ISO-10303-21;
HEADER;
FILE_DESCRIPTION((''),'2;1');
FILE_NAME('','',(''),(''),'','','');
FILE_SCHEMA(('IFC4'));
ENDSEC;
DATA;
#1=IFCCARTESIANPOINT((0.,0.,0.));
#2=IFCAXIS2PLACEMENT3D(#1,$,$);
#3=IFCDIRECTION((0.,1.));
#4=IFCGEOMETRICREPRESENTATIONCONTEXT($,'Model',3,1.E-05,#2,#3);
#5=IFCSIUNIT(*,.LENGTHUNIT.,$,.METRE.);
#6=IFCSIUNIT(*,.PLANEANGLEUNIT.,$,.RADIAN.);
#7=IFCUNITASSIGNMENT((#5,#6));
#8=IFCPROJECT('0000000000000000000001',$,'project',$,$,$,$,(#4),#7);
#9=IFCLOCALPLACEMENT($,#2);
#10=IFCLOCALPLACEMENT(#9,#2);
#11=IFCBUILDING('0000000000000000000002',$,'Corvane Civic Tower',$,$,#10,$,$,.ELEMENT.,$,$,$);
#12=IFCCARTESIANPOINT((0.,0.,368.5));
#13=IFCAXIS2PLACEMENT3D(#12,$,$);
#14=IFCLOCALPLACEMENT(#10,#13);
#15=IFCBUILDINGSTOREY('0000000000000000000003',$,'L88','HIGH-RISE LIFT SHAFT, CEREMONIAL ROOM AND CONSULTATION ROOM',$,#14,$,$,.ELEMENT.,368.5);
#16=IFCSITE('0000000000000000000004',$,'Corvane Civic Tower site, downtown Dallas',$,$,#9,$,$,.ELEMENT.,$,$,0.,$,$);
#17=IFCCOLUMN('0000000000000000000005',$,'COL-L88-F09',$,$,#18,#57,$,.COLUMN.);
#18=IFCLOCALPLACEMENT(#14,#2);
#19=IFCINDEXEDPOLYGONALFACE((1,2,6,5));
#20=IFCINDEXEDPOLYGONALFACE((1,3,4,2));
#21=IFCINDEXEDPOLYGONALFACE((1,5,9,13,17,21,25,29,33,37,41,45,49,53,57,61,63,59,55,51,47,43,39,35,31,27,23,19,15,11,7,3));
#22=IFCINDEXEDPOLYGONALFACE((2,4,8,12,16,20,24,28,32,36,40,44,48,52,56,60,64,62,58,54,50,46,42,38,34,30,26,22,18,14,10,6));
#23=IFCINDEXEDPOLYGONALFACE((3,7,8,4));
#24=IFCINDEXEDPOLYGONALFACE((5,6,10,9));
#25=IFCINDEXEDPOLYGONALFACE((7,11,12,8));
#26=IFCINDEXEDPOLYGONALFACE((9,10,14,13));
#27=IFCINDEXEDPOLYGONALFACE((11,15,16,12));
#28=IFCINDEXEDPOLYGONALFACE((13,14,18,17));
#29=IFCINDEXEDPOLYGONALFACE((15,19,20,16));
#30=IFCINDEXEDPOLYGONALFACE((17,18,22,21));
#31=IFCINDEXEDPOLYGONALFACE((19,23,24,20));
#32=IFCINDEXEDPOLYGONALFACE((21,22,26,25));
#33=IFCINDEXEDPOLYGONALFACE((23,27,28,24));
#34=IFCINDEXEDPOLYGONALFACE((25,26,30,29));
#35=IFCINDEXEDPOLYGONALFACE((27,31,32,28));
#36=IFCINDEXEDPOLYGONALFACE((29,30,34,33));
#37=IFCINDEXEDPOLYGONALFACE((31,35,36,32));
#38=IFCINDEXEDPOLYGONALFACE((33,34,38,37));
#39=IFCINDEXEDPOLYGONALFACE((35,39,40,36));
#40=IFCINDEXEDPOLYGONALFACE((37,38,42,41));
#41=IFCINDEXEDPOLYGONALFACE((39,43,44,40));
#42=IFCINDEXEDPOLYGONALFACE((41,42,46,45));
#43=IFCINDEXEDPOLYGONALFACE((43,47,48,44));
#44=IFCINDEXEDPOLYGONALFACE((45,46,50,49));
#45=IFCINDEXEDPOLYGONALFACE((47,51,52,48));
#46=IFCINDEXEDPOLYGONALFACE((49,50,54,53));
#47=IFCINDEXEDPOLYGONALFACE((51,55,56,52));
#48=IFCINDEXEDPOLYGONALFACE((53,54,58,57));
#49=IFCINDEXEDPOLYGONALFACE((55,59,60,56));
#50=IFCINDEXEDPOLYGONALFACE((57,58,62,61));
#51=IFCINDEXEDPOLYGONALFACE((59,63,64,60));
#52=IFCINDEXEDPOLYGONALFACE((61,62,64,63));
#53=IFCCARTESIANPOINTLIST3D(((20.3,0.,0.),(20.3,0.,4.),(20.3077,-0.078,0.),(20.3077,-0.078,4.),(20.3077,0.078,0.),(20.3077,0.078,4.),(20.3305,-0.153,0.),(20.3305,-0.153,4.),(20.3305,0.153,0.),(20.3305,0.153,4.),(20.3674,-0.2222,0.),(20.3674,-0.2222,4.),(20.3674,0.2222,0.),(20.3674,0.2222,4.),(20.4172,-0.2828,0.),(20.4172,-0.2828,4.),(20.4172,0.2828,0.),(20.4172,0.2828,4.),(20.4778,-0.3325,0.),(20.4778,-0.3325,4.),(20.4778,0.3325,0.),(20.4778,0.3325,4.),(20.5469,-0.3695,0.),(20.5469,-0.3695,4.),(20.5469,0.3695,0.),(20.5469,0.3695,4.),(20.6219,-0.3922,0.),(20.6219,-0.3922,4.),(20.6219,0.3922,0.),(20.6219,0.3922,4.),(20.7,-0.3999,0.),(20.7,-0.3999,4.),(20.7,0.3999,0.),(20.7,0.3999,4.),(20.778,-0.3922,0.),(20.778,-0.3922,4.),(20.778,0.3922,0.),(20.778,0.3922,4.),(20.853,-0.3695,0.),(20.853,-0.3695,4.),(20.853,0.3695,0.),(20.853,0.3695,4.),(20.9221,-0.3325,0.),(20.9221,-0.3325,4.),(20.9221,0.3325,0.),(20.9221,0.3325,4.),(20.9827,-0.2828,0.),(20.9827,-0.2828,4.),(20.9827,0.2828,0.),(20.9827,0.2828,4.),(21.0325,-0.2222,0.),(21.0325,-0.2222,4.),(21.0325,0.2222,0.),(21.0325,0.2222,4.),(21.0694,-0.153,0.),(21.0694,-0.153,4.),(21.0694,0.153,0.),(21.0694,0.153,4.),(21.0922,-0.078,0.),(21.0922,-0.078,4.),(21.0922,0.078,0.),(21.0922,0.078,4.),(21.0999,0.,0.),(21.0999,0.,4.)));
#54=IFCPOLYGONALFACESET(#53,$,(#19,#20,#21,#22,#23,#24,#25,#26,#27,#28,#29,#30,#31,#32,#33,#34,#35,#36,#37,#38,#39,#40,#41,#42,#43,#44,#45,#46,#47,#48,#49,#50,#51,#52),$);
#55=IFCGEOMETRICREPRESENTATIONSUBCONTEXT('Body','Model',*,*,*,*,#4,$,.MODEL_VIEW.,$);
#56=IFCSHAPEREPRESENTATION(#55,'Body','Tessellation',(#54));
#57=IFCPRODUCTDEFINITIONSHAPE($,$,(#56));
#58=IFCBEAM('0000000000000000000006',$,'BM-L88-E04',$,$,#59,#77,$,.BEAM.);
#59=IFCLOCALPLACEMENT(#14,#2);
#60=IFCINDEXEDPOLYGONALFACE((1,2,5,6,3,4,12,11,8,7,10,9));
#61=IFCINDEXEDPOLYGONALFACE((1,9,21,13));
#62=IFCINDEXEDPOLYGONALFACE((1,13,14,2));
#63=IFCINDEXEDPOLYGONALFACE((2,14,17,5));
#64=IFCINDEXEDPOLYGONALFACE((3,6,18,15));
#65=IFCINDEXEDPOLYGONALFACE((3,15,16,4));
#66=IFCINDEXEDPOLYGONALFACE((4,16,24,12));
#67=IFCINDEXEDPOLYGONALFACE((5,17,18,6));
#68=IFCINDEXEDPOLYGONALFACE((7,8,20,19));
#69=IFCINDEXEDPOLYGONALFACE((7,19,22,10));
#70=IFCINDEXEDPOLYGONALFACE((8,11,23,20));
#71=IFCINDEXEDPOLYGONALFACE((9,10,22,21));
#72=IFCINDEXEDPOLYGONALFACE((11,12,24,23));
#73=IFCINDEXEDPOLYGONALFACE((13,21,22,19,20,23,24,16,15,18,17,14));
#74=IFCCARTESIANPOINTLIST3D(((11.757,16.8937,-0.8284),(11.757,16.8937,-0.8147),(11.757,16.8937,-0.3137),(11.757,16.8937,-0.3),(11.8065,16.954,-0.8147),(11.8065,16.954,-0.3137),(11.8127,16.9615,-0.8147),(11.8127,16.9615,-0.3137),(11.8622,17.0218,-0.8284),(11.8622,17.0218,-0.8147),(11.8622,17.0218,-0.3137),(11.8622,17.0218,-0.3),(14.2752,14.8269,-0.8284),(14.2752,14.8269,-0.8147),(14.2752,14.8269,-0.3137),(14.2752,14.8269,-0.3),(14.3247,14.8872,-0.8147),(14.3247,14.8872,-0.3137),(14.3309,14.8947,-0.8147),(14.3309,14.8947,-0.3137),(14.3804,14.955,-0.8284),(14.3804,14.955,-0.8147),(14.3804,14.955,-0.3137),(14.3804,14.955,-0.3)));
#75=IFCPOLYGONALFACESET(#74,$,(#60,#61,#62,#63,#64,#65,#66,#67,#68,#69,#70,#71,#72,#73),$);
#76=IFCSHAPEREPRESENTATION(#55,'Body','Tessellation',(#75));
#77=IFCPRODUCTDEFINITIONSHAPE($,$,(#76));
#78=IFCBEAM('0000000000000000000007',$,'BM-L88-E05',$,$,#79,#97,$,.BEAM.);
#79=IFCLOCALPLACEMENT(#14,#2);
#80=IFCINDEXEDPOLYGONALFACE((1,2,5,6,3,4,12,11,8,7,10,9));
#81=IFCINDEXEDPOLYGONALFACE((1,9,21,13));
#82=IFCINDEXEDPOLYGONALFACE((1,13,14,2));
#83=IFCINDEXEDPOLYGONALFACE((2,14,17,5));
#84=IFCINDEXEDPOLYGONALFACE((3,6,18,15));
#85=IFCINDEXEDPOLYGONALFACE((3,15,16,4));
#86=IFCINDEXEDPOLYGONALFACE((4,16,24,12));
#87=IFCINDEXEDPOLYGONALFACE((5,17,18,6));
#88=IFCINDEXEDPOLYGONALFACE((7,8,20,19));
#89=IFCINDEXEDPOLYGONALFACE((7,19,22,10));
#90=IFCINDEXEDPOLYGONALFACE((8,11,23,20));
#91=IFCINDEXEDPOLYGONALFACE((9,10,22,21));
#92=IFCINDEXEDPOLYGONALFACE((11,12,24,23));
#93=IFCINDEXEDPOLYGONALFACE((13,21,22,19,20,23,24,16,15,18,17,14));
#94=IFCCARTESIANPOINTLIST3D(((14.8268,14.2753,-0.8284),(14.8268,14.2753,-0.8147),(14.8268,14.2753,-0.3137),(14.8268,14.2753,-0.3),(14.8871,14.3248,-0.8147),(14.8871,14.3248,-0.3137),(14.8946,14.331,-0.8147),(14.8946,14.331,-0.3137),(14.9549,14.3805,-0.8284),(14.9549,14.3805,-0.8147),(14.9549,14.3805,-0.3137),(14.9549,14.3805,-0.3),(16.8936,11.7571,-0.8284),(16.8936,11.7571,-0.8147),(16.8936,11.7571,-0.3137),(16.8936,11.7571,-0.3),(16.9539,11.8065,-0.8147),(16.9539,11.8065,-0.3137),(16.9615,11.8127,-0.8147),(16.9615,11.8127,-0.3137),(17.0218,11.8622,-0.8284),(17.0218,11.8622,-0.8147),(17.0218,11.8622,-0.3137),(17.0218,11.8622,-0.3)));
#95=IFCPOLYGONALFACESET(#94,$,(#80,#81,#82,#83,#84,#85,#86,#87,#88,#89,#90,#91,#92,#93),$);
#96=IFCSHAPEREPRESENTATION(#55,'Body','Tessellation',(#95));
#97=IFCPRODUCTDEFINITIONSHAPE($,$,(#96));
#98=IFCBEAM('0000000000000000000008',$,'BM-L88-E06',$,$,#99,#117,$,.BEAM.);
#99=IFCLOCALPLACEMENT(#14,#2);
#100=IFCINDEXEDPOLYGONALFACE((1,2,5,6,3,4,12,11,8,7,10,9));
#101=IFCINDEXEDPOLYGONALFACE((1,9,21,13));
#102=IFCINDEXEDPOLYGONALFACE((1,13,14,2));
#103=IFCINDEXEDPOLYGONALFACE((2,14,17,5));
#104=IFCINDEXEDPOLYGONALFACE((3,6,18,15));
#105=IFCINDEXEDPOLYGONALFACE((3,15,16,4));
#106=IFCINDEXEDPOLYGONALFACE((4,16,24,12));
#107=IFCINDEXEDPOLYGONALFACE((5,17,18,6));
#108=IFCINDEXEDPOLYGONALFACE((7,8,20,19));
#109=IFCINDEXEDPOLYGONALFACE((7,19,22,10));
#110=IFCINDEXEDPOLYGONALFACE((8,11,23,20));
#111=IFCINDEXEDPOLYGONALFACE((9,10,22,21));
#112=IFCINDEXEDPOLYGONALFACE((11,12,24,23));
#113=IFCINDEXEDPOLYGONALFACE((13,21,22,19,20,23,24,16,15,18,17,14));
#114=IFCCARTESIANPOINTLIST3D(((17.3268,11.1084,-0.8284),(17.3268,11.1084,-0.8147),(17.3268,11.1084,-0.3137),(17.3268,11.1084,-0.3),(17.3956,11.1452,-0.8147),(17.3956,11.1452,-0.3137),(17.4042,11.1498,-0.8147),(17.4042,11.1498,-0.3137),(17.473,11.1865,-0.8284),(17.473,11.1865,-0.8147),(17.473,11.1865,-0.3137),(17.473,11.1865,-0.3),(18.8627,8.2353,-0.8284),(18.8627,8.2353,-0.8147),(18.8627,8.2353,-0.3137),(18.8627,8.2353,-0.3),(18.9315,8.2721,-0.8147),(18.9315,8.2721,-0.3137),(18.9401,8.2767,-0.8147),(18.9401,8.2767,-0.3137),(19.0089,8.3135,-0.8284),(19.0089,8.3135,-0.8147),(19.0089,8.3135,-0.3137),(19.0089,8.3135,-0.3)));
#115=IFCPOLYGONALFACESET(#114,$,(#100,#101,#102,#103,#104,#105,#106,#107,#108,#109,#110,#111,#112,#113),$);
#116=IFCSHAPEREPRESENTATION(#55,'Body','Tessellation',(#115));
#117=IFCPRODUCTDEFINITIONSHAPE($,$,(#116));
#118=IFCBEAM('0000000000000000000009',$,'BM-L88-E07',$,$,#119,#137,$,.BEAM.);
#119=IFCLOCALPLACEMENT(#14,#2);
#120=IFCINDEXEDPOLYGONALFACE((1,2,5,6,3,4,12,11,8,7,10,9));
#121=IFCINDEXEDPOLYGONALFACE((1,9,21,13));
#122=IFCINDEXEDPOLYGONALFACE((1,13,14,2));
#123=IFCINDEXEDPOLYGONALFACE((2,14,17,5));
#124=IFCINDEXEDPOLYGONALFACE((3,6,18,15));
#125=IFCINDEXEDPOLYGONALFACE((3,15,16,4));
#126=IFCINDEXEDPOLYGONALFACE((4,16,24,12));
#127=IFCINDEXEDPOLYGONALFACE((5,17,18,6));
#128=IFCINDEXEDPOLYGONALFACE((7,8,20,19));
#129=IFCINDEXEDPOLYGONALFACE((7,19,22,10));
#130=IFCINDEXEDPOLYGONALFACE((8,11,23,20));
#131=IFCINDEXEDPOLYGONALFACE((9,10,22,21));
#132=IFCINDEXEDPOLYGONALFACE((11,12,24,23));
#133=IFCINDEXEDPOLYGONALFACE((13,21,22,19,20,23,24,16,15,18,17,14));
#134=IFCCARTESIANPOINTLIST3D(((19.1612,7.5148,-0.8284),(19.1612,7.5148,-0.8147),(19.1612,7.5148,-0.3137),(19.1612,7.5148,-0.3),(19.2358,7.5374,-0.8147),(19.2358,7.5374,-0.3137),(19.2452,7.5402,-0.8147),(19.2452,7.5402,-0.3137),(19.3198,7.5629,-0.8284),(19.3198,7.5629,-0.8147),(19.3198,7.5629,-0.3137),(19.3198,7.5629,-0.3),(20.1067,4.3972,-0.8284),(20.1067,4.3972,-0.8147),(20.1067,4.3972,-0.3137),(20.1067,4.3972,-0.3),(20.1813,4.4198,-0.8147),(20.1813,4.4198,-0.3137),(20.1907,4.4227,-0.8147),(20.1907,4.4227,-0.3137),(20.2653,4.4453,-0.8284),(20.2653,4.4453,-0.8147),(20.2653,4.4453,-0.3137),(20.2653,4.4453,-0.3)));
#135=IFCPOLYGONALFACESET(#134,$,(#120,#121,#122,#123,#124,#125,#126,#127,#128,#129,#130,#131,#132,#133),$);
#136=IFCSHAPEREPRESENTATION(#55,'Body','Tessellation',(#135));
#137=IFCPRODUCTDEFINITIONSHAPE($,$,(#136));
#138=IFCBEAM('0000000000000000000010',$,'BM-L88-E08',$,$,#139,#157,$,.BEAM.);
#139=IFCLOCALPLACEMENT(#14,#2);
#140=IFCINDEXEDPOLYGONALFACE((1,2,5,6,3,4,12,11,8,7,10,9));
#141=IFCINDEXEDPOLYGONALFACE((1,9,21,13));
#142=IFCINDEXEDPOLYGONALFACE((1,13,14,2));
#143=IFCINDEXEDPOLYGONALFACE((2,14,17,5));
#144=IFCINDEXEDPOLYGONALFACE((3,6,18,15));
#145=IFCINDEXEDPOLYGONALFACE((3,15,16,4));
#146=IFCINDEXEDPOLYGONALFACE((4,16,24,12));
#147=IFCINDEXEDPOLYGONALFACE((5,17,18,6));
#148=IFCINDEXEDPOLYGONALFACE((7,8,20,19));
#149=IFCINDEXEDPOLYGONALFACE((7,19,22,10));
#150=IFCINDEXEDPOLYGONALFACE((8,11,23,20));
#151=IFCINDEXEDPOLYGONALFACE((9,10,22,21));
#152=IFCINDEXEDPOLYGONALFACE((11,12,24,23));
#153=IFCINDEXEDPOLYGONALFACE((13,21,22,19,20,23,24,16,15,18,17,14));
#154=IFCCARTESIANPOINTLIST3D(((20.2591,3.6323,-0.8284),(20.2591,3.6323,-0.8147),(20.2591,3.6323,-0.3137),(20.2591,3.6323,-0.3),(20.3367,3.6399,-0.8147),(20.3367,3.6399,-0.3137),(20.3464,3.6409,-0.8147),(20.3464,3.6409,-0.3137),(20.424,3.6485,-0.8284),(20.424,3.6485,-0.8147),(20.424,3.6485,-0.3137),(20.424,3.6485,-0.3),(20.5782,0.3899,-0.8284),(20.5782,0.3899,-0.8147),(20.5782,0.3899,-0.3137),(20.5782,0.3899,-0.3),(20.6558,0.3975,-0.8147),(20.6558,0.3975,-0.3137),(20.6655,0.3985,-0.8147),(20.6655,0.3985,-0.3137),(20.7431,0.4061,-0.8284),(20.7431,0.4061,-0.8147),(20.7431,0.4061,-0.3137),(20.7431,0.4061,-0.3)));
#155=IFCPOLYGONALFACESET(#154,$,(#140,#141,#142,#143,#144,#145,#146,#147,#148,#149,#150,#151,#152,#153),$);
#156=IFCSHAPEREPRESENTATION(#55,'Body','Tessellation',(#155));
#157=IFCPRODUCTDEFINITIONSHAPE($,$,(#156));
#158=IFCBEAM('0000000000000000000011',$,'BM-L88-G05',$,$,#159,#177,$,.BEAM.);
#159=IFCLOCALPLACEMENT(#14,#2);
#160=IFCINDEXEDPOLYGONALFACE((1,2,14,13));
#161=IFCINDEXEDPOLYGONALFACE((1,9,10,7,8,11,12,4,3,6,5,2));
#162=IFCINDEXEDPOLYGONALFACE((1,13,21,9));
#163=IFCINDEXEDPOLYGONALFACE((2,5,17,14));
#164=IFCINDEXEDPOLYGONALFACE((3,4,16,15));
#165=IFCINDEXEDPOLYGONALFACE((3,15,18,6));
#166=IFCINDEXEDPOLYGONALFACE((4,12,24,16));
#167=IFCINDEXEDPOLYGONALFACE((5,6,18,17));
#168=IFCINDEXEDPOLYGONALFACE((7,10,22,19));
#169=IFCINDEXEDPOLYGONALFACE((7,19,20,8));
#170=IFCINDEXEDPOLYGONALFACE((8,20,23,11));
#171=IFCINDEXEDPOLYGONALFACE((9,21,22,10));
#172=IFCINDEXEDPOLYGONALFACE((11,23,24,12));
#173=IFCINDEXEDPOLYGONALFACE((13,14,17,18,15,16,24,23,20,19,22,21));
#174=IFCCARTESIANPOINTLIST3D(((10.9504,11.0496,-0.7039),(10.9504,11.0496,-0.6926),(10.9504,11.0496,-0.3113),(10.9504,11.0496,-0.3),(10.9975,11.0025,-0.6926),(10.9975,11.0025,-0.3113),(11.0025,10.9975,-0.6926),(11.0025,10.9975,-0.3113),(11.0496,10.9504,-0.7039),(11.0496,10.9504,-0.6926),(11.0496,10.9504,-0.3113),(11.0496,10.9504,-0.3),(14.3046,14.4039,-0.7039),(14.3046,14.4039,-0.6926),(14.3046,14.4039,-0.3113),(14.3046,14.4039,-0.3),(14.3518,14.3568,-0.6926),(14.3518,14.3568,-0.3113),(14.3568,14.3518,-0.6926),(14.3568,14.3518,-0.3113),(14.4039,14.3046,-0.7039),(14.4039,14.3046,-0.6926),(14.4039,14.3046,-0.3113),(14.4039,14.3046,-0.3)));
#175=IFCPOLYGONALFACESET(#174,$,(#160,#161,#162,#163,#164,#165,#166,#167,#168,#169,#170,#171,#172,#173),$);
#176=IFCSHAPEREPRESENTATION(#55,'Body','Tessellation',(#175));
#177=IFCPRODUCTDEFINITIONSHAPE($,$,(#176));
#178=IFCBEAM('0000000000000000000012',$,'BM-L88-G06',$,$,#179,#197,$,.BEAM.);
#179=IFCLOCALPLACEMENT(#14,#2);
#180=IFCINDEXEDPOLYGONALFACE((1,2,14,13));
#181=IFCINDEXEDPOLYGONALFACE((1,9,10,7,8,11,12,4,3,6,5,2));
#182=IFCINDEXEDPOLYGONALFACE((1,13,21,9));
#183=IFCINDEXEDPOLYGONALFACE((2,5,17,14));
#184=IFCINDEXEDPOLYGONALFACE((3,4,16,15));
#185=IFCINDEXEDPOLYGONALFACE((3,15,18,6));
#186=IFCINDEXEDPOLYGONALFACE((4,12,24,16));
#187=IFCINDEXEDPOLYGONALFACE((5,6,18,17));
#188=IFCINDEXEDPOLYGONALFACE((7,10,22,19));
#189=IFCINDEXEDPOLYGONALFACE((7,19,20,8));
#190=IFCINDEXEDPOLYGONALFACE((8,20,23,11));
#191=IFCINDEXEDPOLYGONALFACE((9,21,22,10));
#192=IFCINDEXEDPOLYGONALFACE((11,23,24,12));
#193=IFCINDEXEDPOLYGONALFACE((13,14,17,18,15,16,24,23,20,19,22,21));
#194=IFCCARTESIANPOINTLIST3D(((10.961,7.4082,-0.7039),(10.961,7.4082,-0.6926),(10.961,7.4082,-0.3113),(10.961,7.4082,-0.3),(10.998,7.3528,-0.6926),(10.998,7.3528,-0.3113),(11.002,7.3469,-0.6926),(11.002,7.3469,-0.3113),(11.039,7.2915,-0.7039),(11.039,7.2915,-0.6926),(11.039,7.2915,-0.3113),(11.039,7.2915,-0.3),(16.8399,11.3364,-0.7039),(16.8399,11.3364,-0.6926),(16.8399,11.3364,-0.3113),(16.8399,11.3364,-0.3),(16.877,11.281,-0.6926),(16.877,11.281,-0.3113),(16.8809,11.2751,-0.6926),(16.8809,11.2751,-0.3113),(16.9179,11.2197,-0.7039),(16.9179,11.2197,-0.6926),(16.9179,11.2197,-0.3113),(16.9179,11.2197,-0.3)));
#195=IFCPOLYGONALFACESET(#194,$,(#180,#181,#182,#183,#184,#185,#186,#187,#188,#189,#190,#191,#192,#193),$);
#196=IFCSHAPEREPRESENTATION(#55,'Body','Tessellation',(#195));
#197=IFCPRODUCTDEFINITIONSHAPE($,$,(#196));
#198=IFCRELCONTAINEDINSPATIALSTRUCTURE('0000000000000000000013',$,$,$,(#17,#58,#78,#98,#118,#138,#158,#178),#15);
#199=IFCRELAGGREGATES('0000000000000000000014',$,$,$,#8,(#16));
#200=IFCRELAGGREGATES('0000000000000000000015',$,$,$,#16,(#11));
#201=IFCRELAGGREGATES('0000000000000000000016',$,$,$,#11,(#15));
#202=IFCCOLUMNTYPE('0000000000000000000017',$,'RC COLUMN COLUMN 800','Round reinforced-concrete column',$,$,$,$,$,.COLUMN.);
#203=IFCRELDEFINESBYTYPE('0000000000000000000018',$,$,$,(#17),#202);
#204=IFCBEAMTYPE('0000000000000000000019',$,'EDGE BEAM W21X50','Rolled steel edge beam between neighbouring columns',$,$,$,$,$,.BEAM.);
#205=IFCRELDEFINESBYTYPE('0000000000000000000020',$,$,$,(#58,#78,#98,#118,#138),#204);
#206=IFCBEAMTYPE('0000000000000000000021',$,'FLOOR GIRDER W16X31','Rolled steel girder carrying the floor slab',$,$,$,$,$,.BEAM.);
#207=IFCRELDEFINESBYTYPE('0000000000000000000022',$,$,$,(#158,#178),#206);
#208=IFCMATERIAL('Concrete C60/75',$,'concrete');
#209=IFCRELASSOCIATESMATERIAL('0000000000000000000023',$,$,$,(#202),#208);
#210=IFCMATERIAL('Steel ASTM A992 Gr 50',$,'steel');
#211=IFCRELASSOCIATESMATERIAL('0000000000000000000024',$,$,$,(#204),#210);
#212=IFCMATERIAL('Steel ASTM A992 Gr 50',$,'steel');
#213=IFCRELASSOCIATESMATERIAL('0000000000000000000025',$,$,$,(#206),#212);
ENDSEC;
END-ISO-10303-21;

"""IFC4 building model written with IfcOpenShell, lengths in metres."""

from ifc_helpers import new_model, si_unit, direction, frame, origin, origin_2d, place, context, subcontext, project, spatial, circle, i_section, extrude, material, material_profile, profile_set, type_object, element, save


model = new_model("IFC4")

# Units and contexts
model_context = context("Model", 3, precision=1e-05, world=origin(), true_north=direction((0.0, 1.0)))
body_context = subcontext(model_context, "Body", "Model", "MODEL_VIEW")
ifc_project = project(units=[si_unit("LENGTHUNIT", "METRE"), si_unit("PLANEANGLEUNIT", "RADIAN")], contexts=[model_context])

# Site, building, storey
site_placement = place(None, origin())
site = spatial("IfcSite", under=ifc_project, at=site_placement, Name="Corvane Civic Tower site, downtown Dallas", CompositionType="ELEMENT", RefElevation=0.0)
building_placement = place(site_placement, origin())
building = spatial("IfcBuilding", under=site, at=building_placement, Name="Corvane Civic Tower", CompositionType="ELEMENT")
storey_placement = place(building_placement, frame((0.0, 0.0, 368.5)))
storey = spatial("IfcBuildingStorey", under=building, at=storey_placement, Name="L88", Description="HIGH-RISE LIFT SHAFT, CEREMONIAL ROOM AND CONSULTATION ROOM", CompositionType="ELEMENT", Elevation=368.5)

# Column
ifc_material_1 = material(Name="Concrete C60/75", Category="concrete")
ifc_material_profile_1 = material_profile(ifc_material_1, circle(Radius=0.3999, at=origin_2d()), Name="COLUMN 800")
ifc_profile_set_1 = profile_set([ifc_material_profile_1], Name="Concrete C60/75")
column_type = type_object("IfcColumnType", Name="RC COLUMN COLUMN 800", Description="Round reinforced-concrete column", PredefinedType="COLUMN", material=ifc_profile_set_1)
for number, where, z_axis, x_axis, name in (
    (1, (20.7, 0.0, 0.0), (0.0, 0.0, 1.0), (1.0, 0.0, 0.0), "COL-L88-F09"),
):
    element("IfcColumn", number, at=place(storey_placement, frame(where, z_axis=z_axis, x_axis=x_axis)), inside=storey, type_object=column_type, Name=name, PredefinedType="COLUMN", context=body_context, shape_type="SweptSolid", body=[
        extrude(circle(Radius=0.3999, at=origin_2d()), origin(), (0.0, 0.0, 1.0), 4.0),
    ])

# Beams
ifc_material_2 = material(Name="Steel ASTM A992 Gr 50", Category="steel")
ifc_material_profile_2 = material_profile(ifc_material_2, i_section(OverallWidth=0.1658, OverallDepth=0.5283, WebThickness=0.0098, FlangeThickness=0.0137, at=origin_2d()), Name="W21X50")
ifc_profile_set_2 = profile_set([ifc_material_profile_2], Name="Steel ASTM A992 Gr 50")
beam_type_1 = type_object("IfcBeamType", Name="EDGE BEAM W21X50", Description="Rolled steel edge beam between neighbouring columns", PredefinedType="BEAM", material=ifc_profile_set_2)
for number, where, z_axis, x_axis, name in (
    (2, (11.8096, 16.9578, -0.5642), (0.772985, -0.634425, 0.0), (0.634425, 0.772985, 0.0), "BM-L88-E04"),
    (3, (14.8909, 14.3279, -0.5642), (0.634425, -0.772985, 0.0), (0.772985, 0.634425, 0.0), "BM-L88-E05"),
    (4, (17.3999, 11.1475, -0.5642), (0.471448, -0.881894, 0.0), (0.881894, 0.471448, 0.0), "BM-L88-E06"),
    (5, (19.2405, 7.5388, -0.5642), (0.290234, -0.956956, 0.0), (0.956956, 0.290234, 0.0), "BM-L88-E07"),
):
    element("IfcBeam", number, at=place(storey_placement, frame(where, z_axis=z_axis, x_axis=x_axis)), inside=storey, type_object=beam_type_1, Name=name, PredefinedType="BEAM", context=body_context, shape_type="SweptSolid", body=[
        extrude(i_section(OverallWidth=0.1658, OverallDepth=0.5283, WebThickness=0.0098, FlangeThickness=0.0137, at=origin_2d()), origin(), (0.0, 0.0, 1.0), 3.2578),
    ])
beam_1_placement = place(storey_placement, frame((20.3416, 3.6404, -0.5642), z_axis=(0.097938, -0.995193, 0.0), x_axis=(0.995193, 0.097938, 0.0)))
element("IfcBeam", 6, at=beam_1_placement, inside=storey, type_object=beam_type_1, Name="BM-L88-E08", PredefinedType="BEAM", context=body_context, shape_type="SweptSolid", body=[
    extrude(i_section(OverallWidth=0.1658, OverallDepth=0.5283, WebThickness=0.0098, FlangeThickness=0.0137, at=origin_2d()), origin(), (0.0, 0.0, 1.0), 3.2581),
])
ifc_material_3 = material(Name="Steel ASTM A992 Gr 50", Category="steel")
ifc_material_profile_3 = material_profile(ifc_material_3, i_section(OverallWidth=0.1404, OverallDepth=0.4038, WebThickness=0.0071, FlangeThickness=0.0112, at=origin_2d()), Name="W16X31")
ifc_profile_set_3 = profile_set([ifc_material_profile_3], Name="Steel ASTM A992 Gr 50")
beam_type_2 = type_object("IfcBeamType", Name="FLOOR GIRDER W16X31", Description="Rolled steel girder carrying the floor slab", PredefinedType="BEAM", material=ifc_profile_set_3)
beam_2_placement = place(storey_placement, frame((11.0, 11.0, -0.502), z_axis=(0.707107, 0.707107, 0.0), x_axis=(-0.707107, 0.707107, 0.0)))
element("IfcBeam", 7, at=beam_2_placement, inside=storey, type_object=beam_type_2, Name="BM-L88-G05", PredefinedType="BEAM", context=body_context, shape_type="SweptSolid", body=[
    extrude(i_section(OverallWidth=0.1404, OverallDepth=0.4038, WebThickness=0.0071, FlangeThickness=0.0112, at=origin_2d()), origin(), (0.0, 0.0, 1.0), 4.7437),
])
beam_3_placement = place(storey_placement, frame((11.0, 7.3499, -0.502), z_axis=(0.831465, 0.555576, 0.0), x_axis=(-0.555576, 0.831465, 0.0)))
element("IfcBeam", 8, at=beam_3_placement, inside=storey, type_object=beam_type_2, Name="BM-L88-G06", PredefinedType="BEAM", context=body_context, shape_type="SweptSolid", body=[
    extrude(i_section(OverallWidth=0.1404, OverallDepth=0.4038, WebThickness=0.0071, FlangeThickness=0.0112, at=origin_2d()), origin(), (0.0, 0.0, 1.0), 7.0706),
])

save(model, "model.ifc")
